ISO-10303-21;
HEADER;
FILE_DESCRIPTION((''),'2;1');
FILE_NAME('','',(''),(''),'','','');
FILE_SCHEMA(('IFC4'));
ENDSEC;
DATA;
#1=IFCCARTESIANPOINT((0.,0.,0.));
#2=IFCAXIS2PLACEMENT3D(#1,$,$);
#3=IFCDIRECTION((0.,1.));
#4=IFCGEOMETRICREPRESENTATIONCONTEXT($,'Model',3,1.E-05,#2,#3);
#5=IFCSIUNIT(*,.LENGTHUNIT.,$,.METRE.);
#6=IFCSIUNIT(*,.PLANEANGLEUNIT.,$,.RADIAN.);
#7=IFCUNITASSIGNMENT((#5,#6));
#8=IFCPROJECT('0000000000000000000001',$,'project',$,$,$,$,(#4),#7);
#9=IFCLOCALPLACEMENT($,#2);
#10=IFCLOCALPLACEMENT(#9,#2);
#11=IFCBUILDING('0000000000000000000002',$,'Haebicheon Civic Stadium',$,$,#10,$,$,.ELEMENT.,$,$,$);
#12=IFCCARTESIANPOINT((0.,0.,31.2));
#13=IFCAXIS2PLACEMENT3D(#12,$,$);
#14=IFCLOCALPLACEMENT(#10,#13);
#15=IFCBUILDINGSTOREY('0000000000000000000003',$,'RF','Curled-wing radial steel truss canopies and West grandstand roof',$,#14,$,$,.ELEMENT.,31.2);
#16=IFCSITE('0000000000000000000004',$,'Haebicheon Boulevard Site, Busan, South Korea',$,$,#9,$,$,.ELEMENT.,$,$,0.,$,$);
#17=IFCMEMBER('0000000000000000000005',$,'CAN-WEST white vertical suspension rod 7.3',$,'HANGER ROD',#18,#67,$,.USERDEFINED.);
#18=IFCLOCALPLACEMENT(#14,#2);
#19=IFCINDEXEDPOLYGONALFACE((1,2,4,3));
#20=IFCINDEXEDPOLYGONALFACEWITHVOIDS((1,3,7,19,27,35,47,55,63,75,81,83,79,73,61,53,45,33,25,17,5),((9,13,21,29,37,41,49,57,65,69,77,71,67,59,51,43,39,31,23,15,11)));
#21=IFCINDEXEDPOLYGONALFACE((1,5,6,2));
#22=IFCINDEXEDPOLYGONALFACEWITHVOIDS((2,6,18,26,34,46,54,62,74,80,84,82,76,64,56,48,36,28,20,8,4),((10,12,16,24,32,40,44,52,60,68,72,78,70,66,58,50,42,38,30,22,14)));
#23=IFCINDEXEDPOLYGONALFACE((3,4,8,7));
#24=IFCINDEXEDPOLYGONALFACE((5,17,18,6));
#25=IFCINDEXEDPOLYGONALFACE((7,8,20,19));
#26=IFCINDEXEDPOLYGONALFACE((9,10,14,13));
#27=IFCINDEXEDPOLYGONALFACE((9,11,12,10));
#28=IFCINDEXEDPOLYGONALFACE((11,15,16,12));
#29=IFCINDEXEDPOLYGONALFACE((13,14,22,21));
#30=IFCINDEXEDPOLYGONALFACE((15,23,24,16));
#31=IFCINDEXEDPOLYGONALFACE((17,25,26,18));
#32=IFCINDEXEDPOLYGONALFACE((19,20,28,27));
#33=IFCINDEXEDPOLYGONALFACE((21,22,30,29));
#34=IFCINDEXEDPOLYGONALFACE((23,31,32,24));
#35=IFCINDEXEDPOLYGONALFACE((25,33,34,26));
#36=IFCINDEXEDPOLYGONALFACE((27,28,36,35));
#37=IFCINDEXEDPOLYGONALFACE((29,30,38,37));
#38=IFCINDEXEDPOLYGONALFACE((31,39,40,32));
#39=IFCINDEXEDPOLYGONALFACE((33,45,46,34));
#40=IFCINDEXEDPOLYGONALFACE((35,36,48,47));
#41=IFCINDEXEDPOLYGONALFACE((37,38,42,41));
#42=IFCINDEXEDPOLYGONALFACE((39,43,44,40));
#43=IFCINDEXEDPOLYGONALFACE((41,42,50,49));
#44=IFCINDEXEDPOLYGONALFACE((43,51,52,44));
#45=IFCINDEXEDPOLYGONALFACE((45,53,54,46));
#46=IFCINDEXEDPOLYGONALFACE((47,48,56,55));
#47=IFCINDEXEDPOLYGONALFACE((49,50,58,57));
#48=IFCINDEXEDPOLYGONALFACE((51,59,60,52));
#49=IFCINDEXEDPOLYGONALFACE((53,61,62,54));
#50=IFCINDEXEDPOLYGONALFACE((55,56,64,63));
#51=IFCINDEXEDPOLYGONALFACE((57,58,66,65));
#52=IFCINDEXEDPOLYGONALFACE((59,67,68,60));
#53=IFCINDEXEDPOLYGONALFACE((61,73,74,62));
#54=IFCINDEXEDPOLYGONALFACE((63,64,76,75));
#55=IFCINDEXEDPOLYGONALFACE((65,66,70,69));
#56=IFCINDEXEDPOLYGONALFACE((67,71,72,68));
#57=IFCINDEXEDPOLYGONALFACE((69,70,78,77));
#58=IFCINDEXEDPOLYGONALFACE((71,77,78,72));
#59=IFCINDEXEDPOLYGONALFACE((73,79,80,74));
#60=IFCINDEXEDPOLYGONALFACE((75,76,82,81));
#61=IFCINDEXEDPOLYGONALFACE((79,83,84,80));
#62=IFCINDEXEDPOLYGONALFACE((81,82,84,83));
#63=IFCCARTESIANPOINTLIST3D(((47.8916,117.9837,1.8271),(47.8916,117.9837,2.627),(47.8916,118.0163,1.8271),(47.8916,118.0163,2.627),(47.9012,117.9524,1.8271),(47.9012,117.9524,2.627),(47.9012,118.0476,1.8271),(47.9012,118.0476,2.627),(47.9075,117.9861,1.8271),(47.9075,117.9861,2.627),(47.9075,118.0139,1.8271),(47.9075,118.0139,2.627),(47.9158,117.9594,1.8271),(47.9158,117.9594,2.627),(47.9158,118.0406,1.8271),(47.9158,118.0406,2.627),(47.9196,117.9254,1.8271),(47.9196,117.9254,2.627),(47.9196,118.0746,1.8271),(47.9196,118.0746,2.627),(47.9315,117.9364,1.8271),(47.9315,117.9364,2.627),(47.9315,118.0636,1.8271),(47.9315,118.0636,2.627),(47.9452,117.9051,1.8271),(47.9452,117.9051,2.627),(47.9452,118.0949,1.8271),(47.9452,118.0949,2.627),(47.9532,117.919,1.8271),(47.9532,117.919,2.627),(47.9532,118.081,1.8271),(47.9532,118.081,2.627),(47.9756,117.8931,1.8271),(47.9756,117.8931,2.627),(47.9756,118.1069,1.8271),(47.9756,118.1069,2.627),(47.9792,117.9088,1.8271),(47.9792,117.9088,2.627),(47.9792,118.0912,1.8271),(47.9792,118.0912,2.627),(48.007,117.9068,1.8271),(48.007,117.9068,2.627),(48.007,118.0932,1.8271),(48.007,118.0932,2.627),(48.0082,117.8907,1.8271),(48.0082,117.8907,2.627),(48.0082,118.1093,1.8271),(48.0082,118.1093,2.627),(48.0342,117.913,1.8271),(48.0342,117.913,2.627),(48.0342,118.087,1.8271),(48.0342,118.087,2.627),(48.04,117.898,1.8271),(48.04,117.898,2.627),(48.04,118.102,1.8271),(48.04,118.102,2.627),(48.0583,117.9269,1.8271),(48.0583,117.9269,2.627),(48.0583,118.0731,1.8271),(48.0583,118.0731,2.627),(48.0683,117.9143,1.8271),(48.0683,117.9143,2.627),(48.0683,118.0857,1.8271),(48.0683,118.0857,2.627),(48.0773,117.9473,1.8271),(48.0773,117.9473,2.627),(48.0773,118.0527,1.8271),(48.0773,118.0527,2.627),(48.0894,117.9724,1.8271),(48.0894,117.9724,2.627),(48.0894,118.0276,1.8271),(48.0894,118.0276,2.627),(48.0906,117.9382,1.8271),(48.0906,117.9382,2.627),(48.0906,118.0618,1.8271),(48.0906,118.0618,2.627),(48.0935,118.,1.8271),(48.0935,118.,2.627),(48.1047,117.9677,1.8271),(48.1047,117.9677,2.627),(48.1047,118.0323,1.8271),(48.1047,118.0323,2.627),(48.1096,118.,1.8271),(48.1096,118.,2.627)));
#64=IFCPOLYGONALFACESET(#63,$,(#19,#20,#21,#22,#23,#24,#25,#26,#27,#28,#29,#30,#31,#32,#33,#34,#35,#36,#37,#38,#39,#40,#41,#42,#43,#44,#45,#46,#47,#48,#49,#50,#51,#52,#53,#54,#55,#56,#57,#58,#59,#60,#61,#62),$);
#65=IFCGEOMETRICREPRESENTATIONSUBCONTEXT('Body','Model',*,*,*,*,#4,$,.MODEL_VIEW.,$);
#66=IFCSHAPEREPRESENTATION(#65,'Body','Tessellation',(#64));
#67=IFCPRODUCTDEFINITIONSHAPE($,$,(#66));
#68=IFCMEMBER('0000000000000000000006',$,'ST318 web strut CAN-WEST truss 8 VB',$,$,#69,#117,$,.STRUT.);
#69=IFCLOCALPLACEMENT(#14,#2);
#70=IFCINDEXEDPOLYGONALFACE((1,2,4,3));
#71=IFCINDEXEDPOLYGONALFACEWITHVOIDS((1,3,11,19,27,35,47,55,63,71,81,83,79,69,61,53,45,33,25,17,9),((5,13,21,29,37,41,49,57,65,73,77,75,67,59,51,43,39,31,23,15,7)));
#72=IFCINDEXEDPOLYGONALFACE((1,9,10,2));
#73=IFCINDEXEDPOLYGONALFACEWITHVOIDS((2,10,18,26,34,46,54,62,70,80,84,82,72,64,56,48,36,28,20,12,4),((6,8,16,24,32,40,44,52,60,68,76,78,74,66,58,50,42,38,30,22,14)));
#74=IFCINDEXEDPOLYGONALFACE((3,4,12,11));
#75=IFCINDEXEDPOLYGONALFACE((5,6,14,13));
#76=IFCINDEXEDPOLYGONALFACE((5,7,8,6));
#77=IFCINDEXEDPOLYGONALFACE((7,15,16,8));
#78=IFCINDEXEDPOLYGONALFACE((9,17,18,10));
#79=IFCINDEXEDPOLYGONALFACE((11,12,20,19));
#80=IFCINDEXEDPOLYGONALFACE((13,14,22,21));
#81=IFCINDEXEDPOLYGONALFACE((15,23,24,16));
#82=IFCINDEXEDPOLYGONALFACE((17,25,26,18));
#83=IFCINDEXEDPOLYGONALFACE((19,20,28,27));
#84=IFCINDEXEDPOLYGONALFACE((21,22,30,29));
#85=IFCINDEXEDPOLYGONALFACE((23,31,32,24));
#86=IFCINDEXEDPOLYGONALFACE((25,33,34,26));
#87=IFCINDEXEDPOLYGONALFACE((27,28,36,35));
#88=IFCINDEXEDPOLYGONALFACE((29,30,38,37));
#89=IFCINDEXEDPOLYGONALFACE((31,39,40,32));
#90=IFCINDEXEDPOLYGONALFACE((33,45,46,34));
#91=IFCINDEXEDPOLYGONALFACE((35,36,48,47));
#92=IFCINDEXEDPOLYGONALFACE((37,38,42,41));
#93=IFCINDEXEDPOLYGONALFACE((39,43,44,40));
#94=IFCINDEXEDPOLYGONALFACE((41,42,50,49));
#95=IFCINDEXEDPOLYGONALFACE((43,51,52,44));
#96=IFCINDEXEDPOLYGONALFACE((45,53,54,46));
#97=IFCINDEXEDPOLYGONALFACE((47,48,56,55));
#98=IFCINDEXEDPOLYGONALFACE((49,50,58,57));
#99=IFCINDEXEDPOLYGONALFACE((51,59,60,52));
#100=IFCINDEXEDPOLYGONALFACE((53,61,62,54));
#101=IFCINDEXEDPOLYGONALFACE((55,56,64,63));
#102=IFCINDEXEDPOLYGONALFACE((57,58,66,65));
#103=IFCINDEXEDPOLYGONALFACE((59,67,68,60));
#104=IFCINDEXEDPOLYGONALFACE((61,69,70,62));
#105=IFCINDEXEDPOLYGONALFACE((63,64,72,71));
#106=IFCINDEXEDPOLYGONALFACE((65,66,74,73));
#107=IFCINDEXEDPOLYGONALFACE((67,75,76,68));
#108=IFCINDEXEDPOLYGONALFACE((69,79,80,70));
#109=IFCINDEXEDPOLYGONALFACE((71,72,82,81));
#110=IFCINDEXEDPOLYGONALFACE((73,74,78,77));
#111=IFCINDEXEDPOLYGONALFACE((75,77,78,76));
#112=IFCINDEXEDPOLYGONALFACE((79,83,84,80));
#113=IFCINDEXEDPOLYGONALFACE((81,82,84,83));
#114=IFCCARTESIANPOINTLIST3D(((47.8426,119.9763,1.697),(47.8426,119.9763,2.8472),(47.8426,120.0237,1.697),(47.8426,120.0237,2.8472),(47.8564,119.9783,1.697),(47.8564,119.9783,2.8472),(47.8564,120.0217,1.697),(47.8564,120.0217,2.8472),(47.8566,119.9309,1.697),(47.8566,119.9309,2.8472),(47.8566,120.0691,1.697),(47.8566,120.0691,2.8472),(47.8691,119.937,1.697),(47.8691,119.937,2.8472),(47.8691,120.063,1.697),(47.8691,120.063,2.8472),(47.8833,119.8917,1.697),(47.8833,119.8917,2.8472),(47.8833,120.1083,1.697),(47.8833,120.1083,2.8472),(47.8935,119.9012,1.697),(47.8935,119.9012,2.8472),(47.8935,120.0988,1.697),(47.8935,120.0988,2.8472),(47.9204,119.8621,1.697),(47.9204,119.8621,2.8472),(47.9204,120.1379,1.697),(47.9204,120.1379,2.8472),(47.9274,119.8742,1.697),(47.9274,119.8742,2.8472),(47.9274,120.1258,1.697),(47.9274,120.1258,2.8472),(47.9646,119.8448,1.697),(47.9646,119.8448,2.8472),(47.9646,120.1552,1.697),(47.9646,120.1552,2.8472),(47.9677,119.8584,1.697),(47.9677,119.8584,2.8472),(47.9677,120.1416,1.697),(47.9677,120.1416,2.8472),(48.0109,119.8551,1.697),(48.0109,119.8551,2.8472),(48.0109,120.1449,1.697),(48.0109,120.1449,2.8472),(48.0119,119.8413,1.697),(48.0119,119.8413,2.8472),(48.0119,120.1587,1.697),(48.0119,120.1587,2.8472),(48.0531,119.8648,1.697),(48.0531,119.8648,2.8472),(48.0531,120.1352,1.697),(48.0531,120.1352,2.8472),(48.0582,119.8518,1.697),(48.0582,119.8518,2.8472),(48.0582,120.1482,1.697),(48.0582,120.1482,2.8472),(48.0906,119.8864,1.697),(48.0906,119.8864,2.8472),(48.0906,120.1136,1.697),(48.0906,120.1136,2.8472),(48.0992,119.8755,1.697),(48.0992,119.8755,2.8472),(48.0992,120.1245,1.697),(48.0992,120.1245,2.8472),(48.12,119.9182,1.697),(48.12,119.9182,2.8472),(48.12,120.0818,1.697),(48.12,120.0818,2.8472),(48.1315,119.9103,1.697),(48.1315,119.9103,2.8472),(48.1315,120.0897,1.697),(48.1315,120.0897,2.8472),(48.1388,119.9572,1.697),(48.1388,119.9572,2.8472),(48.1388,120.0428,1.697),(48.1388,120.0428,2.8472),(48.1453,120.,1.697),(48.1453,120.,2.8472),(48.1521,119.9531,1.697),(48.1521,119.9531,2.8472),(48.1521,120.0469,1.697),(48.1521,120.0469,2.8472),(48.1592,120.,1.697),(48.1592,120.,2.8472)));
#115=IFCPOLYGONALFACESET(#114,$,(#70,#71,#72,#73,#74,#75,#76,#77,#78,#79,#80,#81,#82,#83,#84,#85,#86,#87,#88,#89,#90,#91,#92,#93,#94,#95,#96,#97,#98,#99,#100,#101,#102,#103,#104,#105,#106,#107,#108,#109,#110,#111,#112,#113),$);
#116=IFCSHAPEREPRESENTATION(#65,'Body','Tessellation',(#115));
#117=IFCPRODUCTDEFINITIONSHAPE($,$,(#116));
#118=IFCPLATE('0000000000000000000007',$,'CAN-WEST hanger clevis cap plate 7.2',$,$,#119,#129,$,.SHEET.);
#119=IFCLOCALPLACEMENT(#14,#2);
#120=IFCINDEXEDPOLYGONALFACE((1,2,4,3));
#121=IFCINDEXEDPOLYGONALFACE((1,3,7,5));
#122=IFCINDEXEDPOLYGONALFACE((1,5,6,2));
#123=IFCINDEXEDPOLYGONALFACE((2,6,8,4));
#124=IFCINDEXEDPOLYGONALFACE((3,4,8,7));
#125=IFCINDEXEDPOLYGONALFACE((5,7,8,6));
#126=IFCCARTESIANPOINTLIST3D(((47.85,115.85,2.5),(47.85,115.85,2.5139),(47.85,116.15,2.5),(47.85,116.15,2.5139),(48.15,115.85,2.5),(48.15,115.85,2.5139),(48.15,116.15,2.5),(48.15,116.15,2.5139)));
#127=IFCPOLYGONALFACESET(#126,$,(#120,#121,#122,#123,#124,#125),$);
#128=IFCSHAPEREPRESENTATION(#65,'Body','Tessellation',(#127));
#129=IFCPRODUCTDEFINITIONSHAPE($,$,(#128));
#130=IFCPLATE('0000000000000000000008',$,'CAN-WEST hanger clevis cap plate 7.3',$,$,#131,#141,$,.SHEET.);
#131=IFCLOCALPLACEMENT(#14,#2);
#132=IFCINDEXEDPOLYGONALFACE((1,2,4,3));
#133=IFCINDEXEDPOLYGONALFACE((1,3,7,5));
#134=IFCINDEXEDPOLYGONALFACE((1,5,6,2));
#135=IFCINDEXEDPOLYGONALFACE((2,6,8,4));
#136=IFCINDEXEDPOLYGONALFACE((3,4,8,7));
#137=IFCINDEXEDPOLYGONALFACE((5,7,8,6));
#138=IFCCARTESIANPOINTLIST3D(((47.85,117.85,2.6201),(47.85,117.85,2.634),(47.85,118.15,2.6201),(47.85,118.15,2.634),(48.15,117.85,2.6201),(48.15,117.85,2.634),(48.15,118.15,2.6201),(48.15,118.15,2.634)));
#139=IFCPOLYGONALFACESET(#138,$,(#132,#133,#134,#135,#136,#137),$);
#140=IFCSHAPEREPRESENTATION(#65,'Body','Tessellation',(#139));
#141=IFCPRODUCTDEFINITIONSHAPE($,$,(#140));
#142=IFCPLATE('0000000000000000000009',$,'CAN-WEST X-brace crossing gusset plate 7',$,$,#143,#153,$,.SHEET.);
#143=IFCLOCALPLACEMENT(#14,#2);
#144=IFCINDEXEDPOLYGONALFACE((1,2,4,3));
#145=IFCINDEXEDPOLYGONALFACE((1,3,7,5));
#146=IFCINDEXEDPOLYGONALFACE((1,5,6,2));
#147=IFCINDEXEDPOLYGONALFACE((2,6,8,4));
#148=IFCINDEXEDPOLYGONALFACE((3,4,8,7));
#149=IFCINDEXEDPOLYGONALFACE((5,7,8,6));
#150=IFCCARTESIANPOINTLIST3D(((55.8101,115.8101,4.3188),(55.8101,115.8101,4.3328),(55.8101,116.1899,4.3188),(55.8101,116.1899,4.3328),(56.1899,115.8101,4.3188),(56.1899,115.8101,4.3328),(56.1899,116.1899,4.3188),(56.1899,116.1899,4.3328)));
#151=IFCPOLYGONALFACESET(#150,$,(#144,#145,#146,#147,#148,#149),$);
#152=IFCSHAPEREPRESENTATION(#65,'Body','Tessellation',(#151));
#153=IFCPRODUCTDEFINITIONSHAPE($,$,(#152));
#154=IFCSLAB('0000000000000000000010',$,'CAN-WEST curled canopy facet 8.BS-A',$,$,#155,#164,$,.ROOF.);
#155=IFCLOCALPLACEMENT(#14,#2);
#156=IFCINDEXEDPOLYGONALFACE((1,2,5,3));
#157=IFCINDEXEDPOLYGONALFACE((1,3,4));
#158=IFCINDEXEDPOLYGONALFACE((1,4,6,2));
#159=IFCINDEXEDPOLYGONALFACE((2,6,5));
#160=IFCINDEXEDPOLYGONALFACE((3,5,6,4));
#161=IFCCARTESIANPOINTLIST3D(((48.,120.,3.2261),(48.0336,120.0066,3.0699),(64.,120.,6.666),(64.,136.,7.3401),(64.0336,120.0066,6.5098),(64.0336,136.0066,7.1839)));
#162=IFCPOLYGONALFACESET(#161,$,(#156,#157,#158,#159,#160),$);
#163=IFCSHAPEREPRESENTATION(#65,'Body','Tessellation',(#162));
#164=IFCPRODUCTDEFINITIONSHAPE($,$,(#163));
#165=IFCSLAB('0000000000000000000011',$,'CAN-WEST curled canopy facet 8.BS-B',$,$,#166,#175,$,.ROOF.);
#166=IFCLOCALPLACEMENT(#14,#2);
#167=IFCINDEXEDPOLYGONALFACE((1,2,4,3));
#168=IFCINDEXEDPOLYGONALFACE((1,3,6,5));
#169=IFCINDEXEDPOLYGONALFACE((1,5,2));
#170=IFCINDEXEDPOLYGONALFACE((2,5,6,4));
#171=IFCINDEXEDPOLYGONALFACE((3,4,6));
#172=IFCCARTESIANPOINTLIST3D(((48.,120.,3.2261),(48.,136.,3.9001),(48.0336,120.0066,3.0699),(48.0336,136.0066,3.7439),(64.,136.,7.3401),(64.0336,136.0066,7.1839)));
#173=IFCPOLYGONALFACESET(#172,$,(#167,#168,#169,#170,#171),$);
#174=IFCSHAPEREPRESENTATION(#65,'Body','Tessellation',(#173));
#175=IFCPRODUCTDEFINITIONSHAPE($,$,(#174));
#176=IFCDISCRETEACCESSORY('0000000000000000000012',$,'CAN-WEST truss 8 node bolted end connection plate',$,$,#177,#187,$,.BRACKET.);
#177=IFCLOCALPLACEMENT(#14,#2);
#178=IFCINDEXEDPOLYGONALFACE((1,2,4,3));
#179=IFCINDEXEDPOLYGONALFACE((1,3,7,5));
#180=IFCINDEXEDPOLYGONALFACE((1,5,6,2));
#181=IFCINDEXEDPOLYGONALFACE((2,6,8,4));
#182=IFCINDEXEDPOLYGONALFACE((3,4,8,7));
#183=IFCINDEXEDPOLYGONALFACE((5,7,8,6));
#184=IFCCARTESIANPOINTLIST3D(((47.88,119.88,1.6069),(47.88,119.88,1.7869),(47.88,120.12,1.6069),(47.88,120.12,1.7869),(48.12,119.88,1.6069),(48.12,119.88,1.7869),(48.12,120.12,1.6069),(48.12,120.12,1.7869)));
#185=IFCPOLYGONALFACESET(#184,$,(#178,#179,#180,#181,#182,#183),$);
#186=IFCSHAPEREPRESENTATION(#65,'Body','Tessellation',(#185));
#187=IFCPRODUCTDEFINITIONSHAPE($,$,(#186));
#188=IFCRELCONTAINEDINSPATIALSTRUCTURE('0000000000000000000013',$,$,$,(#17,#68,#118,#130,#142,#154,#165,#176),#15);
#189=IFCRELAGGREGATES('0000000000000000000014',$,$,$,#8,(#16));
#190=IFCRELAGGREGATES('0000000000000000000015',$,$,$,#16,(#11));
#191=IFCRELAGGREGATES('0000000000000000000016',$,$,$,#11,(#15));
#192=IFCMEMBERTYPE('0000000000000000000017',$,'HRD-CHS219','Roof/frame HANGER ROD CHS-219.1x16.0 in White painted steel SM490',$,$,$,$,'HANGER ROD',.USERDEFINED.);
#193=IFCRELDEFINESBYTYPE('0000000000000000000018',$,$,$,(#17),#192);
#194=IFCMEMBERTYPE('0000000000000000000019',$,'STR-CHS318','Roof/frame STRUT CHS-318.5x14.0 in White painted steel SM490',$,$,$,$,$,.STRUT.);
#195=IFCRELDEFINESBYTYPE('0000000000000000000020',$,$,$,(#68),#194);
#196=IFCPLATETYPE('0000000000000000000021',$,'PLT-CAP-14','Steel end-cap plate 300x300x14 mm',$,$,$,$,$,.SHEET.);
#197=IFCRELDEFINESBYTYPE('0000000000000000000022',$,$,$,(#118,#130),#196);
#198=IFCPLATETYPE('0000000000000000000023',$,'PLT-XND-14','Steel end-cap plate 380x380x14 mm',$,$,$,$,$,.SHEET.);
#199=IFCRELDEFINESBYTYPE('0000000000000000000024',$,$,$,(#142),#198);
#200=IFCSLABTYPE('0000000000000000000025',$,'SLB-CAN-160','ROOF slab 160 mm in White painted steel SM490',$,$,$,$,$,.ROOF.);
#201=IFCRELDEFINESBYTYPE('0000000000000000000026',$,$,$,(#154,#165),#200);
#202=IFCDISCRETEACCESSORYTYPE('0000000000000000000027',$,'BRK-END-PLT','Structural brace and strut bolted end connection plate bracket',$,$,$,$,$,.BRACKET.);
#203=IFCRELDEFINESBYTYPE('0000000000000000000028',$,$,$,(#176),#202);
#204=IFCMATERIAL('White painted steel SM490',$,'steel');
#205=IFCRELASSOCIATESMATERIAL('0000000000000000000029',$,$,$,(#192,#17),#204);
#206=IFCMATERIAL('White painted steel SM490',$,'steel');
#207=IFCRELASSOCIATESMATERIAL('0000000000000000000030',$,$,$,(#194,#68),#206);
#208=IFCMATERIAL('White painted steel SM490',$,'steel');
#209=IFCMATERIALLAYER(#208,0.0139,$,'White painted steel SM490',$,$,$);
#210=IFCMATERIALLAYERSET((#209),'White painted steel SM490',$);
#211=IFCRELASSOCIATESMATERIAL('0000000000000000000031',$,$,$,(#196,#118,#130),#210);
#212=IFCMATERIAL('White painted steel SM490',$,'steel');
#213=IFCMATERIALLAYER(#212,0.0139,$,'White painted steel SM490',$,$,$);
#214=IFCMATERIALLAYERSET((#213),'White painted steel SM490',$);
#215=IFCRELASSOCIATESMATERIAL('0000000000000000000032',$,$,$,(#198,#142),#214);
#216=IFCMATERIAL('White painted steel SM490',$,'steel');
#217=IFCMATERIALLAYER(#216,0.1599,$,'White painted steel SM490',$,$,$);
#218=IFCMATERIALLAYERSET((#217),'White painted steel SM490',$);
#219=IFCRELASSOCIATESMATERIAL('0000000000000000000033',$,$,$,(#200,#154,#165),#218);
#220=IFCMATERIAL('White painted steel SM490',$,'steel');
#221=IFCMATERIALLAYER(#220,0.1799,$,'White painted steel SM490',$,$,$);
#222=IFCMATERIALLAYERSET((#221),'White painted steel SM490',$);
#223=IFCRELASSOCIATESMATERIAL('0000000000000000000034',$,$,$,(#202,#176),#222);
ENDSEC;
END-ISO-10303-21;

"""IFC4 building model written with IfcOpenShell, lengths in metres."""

from ifc_helpers import new_model, si_unit, direction, frame, origin, origin_2d, place, context, subcontext, project, spatial, polyline, rectangle, hollow_circle, outline, extrude, material, layer, layer_set, material_profile, profile_set, type_object, element, save


model = new_model("IFC4")

# Units and contexts
model_context = context("Model", 3, precision=1e-05, world=origin(), true_north=direction((0.0, 1.0)))
body_context = subcontext(model_context, "Body", "Model", "MODEL_VIEW")
ifc_project = project(units=[si_unit("LENGTHUNIT", "METRE"), si_unit("PLANEANGLEUNIT", "RADIAN")], contexts=[model_context])

# Site, building, storey
site_placement = place(None, origin())
site = spatial("IfcSite", under=ifc_project, at=site_placement, Name="Haebicheon Boulevard Site, Busan, South Korea", CompositionType="ELEMENT", RefElevation=0.0)
building_placement = place(site_placement, origin())
building = spatial("IfcBuilding", under=site, at=building_placement, Name="Haebicheon Civic Stadium", CompositionType="ELEMENT")
storey_placement = place(building_placement, frame((0.0, 0.0, 31.2)))
storey = spatial("IfcBuildingStorey", under=building, at=storey_placement, Name="RF", Description="Curled-wing radial steel truss canopies and West grandstand roof", CompositionType="ELEMENT", Elevation=31.2)

# Members
ifc_material_1 = material(Name="White painted steel SM490", Category="steel")
ifc_material_profile_1 = material_profile(ifc_material_1, hollow_circle(Radius=0.1096, WallThickness=0.0161, at=origin_2d()), Name="CHS-219.1x16.0")
ifc_profile_set_1 = profile_set([ifc_material_profile_1], Name="White painted steel SM490")
member_type_1 = type_object("IfcMemberType", Name="HRD-CHS219", Description="Roof/frame HANGER ROD CHS-219.1x16.0 in White painted steel SM490", ElementType="HANGER ROD", PredefinedType="USERDEFINED", material=ifc_profile_set_1)
member_1_placement = place(storey_placement, frame((48.0, 118.0, 1.8271), z_axis=(0.0, 0.0, 1.0), x_axis=(1.0, 0.0, 0.0)))
element("IfcMember", 1, at=member_1_placement, inside=storey, type_object=member_type_1, material=ifc_profile_set_1, Name="CAN-WEST white vertical suspension rod 7.3", ObjectType="HANGER ROD", PredefinedType="USERDEFINED", context=body_context, shape_type="SweptSolid", body=[
    extrude(hollow_circle(Radius=0.1096, WallThickness=0.0161, at=origin_2d()), origin(), (0.0, 0.0, 1.0), 0.7998),
])
ifc_material_2 = material(Name="White painted steel SM490", Category="steel")
ifc_material_profile_2 = material_profile(ifc_material_2, hollow_circle(Radius=0.1592, WallThickness=0.0139, at=origin_2d()), Name="CHS-318.5x14.0")
ifc_profile_set_2 = profile_set([ifc_material_profile_2], Name="White painted steel SM490")
member_type_2 = type_object("IfcMemberType", Name="STR-CHS318", Description="Roof/frame STRUT CHS-318.5x14.0 in White painted steel SM490", PredefinedType="STRUT", material=ifc_profile_set_2)
member_2_placement = place(storey_placement, frame((48.0, 120.0, 1.697), z_axis=(0.0, 0.0, 1.0), x_axis=(1.0, 0.0, 0.0)))
element("IfcMember", 2, at=member_2_placement, inside=storey, type_object=member_type_2, material=ifc_profile_set_2, Name="ST318 web strut CAN-WEST truss 8 VB", PredefinedType="STRUT", context=body_context, shape_type="SweptSolid", body=[
    extrude(hollow_circle(Radius=0.1592, WallThickness=0.0139, at=origin_2d()), origin(), (0.0, 0.0, 1.0), 1.1501),
])

# Plates
ifc_material_3 = material(Name="White painted steel SM490", Category="steel")
ifc_layer_1 = layer(ifc_material_3, 0.0139, Name="White painted steel SM490")
ifc_layer_set_1 = layer_set([ifc_layer_1], Name="White painted steel SM490")
plate_type_1 = type_object("IfcPlateType", Name="PLT-CAP-14", Description="Steel end-cap plate 300x300x14 mm", PredefinedType="SHEET", material=ifc_layer_set_1)
for number, where, z_axis, x_axis, name in (
    (3, (48.0, 116.0, 2.5), (0.0, 0.0, 1.0), (1.0, 0.0, 0.0), "CAN-WEST hanger clevis cap plate 7.2"),
    (4, (48.0, 118.0, 2.6201), (0.0, 0.0, 1.0), (1.0, 0.0, 0.0), "CAN-WEST hanger clevis cap plate 7.3"),
):
    element("IfcPlate", number, at=place(storey_placement, frame(where, z_axis=z_axis, x_axis=x_axis)), inside=storey, type_object=plate_type_1, material=ifc_layer_set_1, Name=name, PredefinedType="SHEET", context=body_context, shape_type="SweptSolid", body=[
        extrude(rectangle(XDim=0.3, YDim=0.3, at=origin_2d()), origin(), (0.0, 0.0, 1.0), 0.0139),
    ])
ifc_material_4 = material(Name="White painted steel SM490", Category="steel")
ifc_layer_2 = layer(ifc_material_4, 0.0139, Name="White painted steel SM490")
ifc_layer_set_2 = layer_set([ifc_layer_2], Name="White painted steel SM490")
plate_type_2 = type_object("IfcPlateType", Name="PLT-XND-14", Description="Steel end-cap plate 380x380x14 mm", PredefinedType="SHEET", material=ifc_layer_set_2)
plate_placement = place(storey_placement, frame((56.0, 116.0, 4.3188), z_axis=(0.0, 0.0, 1.0), x_axis=(1.0, 0.0, 0.0)))
element("IfcPlate", 5, at=plate_placement, inside=storey, type_object=plate_type_2, material=ifc_layer_set_2, Name="CAN-WEST X-brace crossing gusset plate 7", PredefinedType="SHEET", context=body_context, shape_type="SweptSolid", body=[
    extrude(rectangle(XDim=0.3799, YDim=0.3799, at=origin_2d()), origin(), (0.0, 0.0, 1.0), 0.0139),
])

# Slabs
ifc_material_5 = material(Name="White painted steel SM490", Category="steel")
ifc_layer_3 = layer(ifc_material_5, 0.1599, Name="White painted steel SM490")
ifc_layer_set_3 = layer_set([ifc_layer_3], Name="White painted steel SM490")
slab_type = type_object("IfcSlabType", Name="SLB-CAN-160", Description="ROOF slab 160 mm in White painted steel SM490", PredefinedType="ROOF", material=ifc_layer_set_3)
slab_1_placement = place(storey_placement, frame((48.0, 120.0, 3.2261), z_axis=(-0.210015, -0.041153, 0.976832), x_axis=(0.97766, 0.0, 0.210193)))
element("IfcSlab", 6, at=slab_1_placement, inside=storey, type_object=slab_type, material=ifc_layer_set_3, Name="CAN-WEST curled canopy facet 8.BS-A", PredefinedType="ROOF", context=body_context, shape_type="SweptSolid", body=[
    extrude(outline(polyline([(0.0, 0.0), (16.3656, 0.0), (16.5073, 16.0136), (0.0, 0.0)])), origin(), (0.0, 0.0, -1.0), 0.1599),
])
slab_2_placement = place(storey_placement, frame((48.0, 120.0, 3.2261), z_axis=(-0.210015, -0.041153, 0.976832), x_axis=(0.695701, 0.695701, 0.178883)))
element("IfcSlab", 7, at=slab_2_placement, inside=storey, type_object=slab_type, material=ifc_layer_set_3, Name="CAN-WEST curled canopy facet 8.BS-B", PredefinedType="ROOF", context=body_context, shape_type="SweptSolid", body=[
    extrude(outline(polyline([(0.0, 0.0), (22.9984, 0.0), (11.2518, 11.3952), (0.0, 0.0)])), origin(), (0.0, 0.0, -1.0), 0.1599),
])

# Discrete accessory
ifc_material_6 = material(Name="White painted steel SM490", Category="steel")
ifc_layer_4 = layer(ifc_material_6, 0.1799, Name="White painted steel SM490")
ifc_layer_set_4 = layer_set([ifc_layer_4], Name="White painted steel SM490")
discrete_accessory_type = type_object("IfcDiscreteAccessoryType", Name="BRK-END-PLT", Description="Structural brace and strut bolted end connection plate bracket", PredefinedType="BRACKET", material=ifc_layer_set_4)
for number, where, z_axis, x_axis, name in (
    (8, (48.0, 120.0, 1.6069), (0.0, 0.0, 1.0), (1.0, 0.0, 0.0), "CAN-WEST truss 8 node bolted end connection plate"),
):
    element("IfcDiscreteAccessory", number, at=place(storey_placement, frame(where, z_axis=z_axis, x_axis=x_axis)), inside=storey, type_object=discrete_accessory_type, material=ifc_layer_set_4, Name=name, PredefinedType="BRACKET", context=body_context, shape_type="SweptSolid", body=[
        extrude(rectangle(XDim=0.24, YDim=0.24, at=origin_2d()), origin(), (0.0, 0.0, 1.0), 0.1799),
    ])

save(model, "model.ifc")
